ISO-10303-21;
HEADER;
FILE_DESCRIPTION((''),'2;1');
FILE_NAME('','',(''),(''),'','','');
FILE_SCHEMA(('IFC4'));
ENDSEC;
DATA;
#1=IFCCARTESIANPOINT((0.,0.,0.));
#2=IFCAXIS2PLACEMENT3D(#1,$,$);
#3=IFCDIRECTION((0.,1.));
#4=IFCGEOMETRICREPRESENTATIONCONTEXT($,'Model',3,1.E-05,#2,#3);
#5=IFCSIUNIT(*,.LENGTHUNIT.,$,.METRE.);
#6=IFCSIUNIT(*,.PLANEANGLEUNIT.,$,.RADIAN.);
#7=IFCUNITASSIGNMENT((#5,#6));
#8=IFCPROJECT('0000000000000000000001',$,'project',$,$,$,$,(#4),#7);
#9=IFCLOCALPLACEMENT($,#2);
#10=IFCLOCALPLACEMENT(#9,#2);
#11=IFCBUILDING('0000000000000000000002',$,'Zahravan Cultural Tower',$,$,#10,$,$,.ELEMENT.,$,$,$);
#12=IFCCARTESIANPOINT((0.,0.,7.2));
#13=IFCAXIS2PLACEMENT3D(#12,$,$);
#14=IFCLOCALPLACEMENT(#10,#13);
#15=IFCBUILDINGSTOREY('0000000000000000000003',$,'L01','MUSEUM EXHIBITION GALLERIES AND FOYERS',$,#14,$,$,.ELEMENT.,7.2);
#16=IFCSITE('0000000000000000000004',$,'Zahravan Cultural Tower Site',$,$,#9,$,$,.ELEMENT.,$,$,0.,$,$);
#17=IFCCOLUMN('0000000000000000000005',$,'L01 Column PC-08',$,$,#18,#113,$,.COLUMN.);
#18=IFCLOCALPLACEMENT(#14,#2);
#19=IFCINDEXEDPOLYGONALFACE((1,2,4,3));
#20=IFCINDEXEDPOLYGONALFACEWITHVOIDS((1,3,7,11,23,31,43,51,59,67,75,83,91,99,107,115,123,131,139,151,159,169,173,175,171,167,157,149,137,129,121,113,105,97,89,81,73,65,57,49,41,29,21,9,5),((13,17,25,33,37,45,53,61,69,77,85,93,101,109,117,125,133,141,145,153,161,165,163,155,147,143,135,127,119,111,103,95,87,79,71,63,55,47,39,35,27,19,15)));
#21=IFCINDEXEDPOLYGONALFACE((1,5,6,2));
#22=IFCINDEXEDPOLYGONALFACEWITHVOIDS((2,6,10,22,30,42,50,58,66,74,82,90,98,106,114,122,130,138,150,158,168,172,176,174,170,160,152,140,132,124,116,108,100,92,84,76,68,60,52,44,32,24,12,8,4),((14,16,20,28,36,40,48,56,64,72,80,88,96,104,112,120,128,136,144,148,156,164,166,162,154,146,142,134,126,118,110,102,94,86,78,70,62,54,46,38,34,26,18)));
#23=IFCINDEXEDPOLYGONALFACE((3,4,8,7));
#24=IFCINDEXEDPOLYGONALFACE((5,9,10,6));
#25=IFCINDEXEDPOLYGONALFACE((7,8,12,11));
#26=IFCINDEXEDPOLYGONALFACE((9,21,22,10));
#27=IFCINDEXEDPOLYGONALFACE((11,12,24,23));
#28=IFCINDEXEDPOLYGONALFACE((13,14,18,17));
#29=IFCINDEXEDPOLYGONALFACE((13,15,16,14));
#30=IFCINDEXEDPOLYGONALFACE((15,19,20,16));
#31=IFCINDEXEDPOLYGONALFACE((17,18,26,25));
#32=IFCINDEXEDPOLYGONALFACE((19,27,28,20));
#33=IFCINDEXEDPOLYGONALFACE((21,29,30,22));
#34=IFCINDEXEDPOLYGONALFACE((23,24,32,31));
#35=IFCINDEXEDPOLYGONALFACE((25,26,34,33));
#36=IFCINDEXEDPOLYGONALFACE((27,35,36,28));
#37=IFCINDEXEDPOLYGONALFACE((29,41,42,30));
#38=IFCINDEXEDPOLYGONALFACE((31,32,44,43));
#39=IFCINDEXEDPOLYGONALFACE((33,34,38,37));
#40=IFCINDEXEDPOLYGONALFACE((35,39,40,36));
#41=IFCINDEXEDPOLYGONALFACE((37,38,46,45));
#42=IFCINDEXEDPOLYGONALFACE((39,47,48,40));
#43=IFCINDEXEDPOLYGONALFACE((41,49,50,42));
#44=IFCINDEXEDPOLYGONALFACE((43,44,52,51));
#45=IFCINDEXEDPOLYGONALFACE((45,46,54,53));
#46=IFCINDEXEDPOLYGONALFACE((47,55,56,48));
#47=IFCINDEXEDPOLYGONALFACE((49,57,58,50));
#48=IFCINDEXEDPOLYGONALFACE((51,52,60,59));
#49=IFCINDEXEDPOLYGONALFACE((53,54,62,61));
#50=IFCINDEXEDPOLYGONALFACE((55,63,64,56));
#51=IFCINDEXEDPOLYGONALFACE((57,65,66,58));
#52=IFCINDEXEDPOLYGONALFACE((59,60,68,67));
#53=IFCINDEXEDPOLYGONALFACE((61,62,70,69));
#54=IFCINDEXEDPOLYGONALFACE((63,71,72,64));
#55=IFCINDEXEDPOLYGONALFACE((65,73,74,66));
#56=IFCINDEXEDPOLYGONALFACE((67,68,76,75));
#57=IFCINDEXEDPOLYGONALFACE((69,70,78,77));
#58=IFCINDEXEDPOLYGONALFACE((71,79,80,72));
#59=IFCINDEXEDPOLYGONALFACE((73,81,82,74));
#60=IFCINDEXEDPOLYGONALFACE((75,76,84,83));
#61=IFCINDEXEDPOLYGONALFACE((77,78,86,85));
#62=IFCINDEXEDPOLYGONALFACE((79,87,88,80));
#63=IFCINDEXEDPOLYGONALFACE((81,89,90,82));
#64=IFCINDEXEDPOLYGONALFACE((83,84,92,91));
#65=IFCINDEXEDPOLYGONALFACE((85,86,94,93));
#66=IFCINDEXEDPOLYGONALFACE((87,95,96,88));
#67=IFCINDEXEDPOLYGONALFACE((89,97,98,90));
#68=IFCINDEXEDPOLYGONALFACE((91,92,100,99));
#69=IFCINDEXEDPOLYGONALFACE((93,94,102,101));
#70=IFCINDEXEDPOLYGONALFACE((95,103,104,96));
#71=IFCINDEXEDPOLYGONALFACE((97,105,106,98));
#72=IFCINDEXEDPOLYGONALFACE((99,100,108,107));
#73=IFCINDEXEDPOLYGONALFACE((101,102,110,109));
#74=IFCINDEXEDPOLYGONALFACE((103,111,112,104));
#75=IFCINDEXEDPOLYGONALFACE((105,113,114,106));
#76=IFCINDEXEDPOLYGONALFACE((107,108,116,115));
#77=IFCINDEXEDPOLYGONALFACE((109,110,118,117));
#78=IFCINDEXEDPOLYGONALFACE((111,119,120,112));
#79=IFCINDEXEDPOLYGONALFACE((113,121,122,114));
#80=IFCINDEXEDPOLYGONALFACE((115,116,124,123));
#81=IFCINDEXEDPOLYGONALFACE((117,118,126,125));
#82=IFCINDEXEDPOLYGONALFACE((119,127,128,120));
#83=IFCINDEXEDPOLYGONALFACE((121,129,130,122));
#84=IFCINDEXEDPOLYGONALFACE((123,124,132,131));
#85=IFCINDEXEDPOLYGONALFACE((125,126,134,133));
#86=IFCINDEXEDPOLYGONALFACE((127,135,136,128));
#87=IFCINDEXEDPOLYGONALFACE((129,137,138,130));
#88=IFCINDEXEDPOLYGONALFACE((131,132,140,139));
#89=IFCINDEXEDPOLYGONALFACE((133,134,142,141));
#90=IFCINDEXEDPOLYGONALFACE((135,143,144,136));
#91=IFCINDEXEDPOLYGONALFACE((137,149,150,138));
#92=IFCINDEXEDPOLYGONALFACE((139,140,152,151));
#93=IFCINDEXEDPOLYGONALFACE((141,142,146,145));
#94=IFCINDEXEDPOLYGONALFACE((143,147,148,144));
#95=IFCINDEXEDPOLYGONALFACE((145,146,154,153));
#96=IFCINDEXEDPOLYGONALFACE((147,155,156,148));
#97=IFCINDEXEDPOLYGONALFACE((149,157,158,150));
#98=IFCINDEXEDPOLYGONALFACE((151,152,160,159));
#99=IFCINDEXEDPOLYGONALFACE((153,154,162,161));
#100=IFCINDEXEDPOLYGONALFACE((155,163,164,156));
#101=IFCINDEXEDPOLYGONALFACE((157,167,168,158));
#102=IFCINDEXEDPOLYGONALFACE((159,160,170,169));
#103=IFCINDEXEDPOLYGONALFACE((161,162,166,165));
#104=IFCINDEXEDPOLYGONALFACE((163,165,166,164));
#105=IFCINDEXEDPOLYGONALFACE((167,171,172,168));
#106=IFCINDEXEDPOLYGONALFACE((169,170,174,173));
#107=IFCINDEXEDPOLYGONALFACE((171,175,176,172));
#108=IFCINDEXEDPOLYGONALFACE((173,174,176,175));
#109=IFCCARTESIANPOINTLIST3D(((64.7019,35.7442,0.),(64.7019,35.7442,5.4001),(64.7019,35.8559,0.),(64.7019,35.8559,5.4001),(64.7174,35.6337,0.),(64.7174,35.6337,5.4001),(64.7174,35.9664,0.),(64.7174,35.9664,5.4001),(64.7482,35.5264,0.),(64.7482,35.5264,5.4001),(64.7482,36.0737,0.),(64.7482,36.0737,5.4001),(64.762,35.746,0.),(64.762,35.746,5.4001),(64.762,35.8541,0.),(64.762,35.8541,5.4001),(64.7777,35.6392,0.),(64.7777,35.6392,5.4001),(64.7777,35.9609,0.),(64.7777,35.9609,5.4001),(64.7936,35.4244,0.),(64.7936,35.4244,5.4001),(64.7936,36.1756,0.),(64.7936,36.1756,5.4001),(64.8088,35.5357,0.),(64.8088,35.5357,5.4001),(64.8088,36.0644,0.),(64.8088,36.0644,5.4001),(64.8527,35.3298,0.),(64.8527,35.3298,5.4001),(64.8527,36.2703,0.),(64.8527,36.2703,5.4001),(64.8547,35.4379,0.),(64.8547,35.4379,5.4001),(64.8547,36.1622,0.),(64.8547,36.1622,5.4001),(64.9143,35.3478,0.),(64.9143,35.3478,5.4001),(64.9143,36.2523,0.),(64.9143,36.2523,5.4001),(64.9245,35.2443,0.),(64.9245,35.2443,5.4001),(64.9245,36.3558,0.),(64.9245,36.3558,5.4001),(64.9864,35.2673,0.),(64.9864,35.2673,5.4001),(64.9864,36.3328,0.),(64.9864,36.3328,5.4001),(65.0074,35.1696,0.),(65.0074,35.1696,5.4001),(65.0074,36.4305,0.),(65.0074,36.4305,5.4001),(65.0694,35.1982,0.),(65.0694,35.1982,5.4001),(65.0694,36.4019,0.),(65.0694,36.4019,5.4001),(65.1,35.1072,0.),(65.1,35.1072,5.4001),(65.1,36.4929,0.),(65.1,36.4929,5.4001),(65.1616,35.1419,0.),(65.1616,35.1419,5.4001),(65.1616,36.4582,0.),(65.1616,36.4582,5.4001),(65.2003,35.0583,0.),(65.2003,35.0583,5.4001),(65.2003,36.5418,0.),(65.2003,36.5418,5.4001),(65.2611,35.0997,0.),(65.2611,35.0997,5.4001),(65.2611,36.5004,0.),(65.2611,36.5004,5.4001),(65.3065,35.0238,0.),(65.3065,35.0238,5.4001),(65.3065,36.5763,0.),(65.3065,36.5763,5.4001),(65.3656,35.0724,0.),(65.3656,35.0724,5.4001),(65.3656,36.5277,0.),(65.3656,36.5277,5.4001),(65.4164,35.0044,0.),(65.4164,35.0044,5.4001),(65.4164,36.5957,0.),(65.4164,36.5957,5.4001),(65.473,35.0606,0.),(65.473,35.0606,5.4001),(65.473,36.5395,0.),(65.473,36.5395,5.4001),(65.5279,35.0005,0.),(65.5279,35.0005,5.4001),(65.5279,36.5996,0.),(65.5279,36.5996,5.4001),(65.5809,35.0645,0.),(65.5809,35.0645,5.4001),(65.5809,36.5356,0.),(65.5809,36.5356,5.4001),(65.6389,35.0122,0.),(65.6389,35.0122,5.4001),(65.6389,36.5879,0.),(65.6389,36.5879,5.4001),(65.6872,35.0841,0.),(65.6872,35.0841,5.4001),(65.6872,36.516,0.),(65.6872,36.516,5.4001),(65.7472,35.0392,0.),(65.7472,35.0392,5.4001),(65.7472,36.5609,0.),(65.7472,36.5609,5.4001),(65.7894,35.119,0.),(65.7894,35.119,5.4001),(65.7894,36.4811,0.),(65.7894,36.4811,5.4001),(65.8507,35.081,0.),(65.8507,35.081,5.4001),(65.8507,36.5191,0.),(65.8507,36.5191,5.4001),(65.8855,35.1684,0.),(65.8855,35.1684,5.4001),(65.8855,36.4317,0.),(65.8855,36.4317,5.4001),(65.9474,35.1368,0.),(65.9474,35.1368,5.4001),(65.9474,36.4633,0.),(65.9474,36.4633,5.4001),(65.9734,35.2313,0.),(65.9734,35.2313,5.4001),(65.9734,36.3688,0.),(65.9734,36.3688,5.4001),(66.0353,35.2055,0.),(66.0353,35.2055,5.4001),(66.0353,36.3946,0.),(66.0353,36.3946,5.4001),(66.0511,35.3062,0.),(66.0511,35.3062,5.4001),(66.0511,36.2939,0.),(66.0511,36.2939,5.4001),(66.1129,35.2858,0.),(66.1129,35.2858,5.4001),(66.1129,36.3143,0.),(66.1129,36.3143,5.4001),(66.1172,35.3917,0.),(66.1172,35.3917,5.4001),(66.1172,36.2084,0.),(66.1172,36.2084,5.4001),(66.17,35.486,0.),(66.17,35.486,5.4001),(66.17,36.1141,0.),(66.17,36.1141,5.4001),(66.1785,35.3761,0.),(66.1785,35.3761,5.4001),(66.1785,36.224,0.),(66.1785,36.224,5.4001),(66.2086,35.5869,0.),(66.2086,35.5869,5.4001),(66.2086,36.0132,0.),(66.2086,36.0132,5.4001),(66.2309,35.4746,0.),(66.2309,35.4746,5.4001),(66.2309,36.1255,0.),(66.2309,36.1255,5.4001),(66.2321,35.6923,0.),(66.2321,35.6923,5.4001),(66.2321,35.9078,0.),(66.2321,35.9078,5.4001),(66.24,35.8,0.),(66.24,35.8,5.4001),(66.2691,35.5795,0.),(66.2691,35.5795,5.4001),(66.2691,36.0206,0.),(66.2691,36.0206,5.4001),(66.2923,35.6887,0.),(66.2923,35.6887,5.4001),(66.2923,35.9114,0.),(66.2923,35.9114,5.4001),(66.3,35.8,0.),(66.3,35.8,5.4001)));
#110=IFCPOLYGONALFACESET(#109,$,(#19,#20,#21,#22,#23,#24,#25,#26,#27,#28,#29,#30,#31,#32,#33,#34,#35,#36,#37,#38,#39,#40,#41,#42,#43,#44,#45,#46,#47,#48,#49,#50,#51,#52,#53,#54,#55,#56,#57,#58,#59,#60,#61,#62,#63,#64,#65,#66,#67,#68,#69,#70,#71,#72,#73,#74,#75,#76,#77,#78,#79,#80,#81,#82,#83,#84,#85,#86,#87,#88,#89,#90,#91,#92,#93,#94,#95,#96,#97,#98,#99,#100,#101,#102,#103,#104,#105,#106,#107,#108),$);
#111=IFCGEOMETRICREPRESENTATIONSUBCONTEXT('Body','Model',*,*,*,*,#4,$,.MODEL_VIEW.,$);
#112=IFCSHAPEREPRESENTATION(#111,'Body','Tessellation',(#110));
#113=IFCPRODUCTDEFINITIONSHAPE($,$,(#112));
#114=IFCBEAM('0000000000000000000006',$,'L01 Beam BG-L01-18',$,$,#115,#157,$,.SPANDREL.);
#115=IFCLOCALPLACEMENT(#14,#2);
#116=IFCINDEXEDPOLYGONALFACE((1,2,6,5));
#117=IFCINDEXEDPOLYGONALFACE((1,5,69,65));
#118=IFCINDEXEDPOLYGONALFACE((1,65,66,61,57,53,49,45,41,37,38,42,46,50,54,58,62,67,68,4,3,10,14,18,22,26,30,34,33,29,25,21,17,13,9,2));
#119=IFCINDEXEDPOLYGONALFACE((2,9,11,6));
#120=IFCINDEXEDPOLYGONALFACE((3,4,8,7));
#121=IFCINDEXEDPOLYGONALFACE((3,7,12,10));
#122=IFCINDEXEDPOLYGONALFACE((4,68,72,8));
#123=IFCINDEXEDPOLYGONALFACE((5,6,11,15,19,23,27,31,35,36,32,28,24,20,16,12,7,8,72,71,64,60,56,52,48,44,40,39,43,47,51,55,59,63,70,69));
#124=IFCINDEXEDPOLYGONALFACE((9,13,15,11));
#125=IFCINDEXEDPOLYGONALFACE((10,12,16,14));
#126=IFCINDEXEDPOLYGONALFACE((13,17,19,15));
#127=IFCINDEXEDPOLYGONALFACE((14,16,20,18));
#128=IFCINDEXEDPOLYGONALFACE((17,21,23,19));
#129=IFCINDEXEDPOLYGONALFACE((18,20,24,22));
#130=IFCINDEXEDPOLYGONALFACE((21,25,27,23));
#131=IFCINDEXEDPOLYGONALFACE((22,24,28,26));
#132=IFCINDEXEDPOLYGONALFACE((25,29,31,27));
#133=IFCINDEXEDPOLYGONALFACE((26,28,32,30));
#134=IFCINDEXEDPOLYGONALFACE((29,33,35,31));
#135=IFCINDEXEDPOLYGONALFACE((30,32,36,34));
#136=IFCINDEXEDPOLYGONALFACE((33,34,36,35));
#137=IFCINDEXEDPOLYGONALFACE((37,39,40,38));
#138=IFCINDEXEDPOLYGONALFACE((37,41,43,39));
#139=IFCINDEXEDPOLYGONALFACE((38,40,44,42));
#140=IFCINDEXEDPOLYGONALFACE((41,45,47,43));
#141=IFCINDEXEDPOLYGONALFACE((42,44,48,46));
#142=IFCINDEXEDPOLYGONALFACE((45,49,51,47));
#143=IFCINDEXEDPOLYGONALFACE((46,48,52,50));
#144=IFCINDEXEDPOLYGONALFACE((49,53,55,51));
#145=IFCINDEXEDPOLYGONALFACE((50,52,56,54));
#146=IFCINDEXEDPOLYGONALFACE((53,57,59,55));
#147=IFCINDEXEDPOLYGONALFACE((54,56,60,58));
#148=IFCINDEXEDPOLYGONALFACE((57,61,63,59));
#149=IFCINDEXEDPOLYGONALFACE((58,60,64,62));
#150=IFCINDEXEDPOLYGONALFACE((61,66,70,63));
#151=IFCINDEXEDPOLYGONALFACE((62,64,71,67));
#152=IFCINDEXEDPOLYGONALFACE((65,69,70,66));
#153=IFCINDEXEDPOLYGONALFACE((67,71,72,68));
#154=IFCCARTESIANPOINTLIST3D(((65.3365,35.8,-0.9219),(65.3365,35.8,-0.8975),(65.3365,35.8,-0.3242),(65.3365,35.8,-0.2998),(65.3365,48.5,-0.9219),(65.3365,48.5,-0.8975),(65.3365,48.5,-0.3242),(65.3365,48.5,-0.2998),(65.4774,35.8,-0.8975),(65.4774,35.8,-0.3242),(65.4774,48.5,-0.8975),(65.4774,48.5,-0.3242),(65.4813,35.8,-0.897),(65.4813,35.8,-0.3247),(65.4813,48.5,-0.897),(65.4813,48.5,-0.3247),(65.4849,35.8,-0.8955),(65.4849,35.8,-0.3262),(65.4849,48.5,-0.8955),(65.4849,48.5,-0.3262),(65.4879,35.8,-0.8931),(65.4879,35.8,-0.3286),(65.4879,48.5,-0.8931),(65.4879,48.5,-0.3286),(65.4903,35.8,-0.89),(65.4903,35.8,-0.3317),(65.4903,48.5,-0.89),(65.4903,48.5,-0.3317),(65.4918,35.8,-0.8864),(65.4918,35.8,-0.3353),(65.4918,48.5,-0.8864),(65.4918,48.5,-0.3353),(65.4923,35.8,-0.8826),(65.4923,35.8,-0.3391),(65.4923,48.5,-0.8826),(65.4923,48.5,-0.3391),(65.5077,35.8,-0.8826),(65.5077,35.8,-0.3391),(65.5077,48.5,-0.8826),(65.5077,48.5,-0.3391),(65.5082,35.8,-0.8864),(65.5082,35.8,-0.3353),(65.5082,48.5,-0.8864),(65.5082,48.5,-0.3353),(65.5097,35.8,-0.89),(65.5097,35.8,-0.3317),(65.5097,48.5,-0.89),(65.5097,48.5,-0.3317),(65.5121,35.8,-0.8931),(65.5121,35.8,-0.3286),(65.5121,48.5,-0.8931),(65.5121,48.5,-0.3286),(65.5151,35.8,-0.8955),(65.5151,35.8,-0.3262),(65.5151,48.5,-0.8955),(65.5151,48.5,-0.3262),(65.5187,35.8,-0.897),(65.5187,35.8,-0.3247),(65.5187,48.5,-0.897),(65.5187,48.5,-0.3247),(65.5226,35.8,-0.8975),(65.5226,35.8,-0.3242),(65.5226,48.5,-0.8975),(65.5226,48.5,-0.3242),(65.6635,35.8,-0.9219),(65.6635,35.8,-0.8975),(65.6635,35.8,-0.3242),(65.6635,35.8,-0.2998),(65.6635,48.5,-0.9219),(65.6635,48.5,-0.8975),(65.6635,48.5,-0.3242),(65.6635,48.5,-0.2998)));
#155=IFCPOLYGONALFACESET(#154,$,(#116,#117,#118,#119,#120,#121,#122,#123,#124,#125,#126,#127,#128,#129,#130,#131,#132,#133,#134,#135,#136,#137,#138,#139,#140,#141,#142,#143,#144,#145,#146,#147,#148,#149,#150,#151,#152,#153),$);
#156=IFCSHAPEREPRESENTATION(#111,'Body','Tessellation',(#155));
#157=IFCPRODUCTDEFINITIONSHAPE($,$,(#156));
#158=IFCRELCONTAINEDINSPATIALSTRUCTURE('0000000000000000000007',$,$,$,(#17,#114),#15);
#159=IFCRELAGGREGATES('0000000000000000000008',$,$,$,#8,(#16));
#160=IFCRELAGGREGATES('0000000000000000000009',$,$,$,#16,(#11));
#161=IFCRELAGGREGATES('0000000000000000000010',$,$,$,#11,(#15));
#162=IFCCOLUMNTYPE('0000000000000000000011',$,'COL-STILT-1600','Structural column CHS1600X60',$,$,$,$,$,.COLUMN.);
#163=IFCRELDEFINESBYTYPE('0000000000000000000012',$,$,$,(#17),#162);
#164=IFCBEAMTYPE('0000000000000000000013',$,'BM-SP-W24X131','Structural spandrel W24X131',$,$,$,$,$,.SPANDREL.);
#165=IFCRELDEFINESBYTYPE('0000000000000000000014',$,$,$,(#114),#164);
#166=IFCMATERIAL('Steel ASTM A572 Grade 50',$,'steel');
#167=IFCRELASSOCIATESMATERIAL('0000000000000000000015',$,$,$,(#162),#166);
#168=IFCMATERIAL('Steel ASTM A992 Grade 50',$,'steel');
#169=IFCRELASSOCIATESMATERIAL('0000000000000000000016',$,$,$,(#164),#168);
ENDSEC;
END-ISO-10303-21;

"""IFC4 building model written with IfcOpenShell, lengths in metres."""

from ifc_helpers import new_model, si_unit, direction, frame, origin, origin_2d, place, context, subcontext, project, spatial, hollow_circle, i_section, extrude, source, transform, mapped, material, material_profile, profile_set, type_object, element, save


model = new_model("IFC4")

# Units and contexts
model_context = context("Model", 3, precision=1e-05, world=origin(), true_north=direction((0.0, 1.0)))
body_context = subcontext(model_context, "Body", "Model", "MODEL_VIEW")
ifc_project = project(units=[si_unit("LENGTHUNIT", "METRE"), si_unit("PLANEANGLEUNIT", "RADIAN")], contexts=[model_context])

# Site, building, storey
site_placement = place(None, origin())
site = spatial("IfcSite", under=ifc_project, at=site_placement, Name="Zahravan Cultural Tower Site", CompositionType="ELEMENT", RefElevation=0.0)
building_placement = place(site_placement, origin())
building = spatial("IfcBuilding", under=site, at=building_placement, Name="Zahravan Cultural Tower", CompositionType="ELEMENT")
storey_placement = place(building_placement, frame((0.0, 0.0, 7.2)))
storey = spatial("IfcBuildingStorey", under=building, at=storey_placement, Name="L01", Description="MUSEUM EXHIBITION GALLERIES AND FOYERS", CompositionType="ELEMENT", Elevation=7.2)

# Column
ifc_material_1 = material(Name="Steel ASTM A572 Grade 50", Category="steel")
ifc_material_profile_1 = material_profile(ifc_material_1, hollow_circle(Radius=0.8, WallThickness=0.0601, at=origin_2d()), Name="CHS1600X60")
ifc_profile_set_1 = profile_set([ifc_material_profile_1], Name="Steel ASTM A572 Grade 50")
column_type = type_object("IfcColumnType", Name="COL-STILT-1600", Description="Structural column CHS1600X60", PredefinedType="COLUMN", material=ifc_profile_set_1)
shared_shape_1 = source(origin(), body_context, "Body", "SweptSolid", [
    extrude(hollow_circle(Radius=0.8, WallThickness=0.0601, at=origin_2d()), origin(), (0.0, 0.0, 1.0), 5.4001),
])
column_placement = place(storey_placement, frame((65.5, 35.8, 0.0), z_axis=(0.0, 0.0, 1.0), x_axis=(1.0, 0.0, 0.0)))
element("IfcColumn", 1, at=column_placement, inside=storey, type_object=column_type, Name="L01 Column PC-08", PredefinedType="COLUMN", context=body_context, shape_type="MappedRepresentation", body=[
    mapped(shared_shape_1, transform((0.0, 0.0, 0.0), x_axis=(1.0, 0.0, 0.0), y_axis=(0.0, 1.0, 0.0), z_axis=(0.0, 0.0, 1.0), scale=1.0)),
])

# Beam
ifc_material_2 = material(Name="Steel ASTM A992 Grade 50", Category="steel")
ifc_material_profile_2 = material_profile(ifc_material_2, i_section(OverallWidth=0.3269, OverallDepth=0.6221, WebThickness=0.0154, FlangeThickness=0.0244, FilletRadius=0.0149, at=origin_2d()), Name="W24X131")
ifc_profile_set_2 = profile_set([ifc_material_profile_2], Name="Steel ASTM A992 Grade 50")
beam_type_1 = type_object("IfcBeamType", Name="BM-SP-W24X131", Description="Structural spandrel W24X131", PredefinedType="SPANDREL", material=ifc_profile_set_2)
shared_shape_2 = source(origin(), body_context, "Body", "SweptSolid", [
    extrude(i_section(OverallWidth=0.3269, OverallDepth=0.6221, WebThickness=0.0154, FlangeThickness=0.0244, FilletRadius=0.0149, at=origin_2d()), origin(), (0.0, 0.0, 1.0), 12.7),
])
beam_1_placement = place(storey_placement, frame((65.5, 35.8, -0.6108), z_axis=(0.0, 1.0, 0.0), x_axis=(-1.0, 0.0, 0.0)))
element("IfcBeam", 2, at=beam_1_placement, inside=storey, type_object=beam_type_1, Name="L01 Beam BG-L01-18", PredefinedType="SPANDREL", context=body_context, shape_type="MappedRepresentation", body=[
    mapped(shared_shape_2, transform((0.0, 0.0, 0.0), x_axis=(1.0, 0.0, 0.0), y_axis=(0.0, 1.0, 0.0), z_axis=(0.0, 0.0, 1.0), scale=1.0)),
])

save(model, "model.ifc")
